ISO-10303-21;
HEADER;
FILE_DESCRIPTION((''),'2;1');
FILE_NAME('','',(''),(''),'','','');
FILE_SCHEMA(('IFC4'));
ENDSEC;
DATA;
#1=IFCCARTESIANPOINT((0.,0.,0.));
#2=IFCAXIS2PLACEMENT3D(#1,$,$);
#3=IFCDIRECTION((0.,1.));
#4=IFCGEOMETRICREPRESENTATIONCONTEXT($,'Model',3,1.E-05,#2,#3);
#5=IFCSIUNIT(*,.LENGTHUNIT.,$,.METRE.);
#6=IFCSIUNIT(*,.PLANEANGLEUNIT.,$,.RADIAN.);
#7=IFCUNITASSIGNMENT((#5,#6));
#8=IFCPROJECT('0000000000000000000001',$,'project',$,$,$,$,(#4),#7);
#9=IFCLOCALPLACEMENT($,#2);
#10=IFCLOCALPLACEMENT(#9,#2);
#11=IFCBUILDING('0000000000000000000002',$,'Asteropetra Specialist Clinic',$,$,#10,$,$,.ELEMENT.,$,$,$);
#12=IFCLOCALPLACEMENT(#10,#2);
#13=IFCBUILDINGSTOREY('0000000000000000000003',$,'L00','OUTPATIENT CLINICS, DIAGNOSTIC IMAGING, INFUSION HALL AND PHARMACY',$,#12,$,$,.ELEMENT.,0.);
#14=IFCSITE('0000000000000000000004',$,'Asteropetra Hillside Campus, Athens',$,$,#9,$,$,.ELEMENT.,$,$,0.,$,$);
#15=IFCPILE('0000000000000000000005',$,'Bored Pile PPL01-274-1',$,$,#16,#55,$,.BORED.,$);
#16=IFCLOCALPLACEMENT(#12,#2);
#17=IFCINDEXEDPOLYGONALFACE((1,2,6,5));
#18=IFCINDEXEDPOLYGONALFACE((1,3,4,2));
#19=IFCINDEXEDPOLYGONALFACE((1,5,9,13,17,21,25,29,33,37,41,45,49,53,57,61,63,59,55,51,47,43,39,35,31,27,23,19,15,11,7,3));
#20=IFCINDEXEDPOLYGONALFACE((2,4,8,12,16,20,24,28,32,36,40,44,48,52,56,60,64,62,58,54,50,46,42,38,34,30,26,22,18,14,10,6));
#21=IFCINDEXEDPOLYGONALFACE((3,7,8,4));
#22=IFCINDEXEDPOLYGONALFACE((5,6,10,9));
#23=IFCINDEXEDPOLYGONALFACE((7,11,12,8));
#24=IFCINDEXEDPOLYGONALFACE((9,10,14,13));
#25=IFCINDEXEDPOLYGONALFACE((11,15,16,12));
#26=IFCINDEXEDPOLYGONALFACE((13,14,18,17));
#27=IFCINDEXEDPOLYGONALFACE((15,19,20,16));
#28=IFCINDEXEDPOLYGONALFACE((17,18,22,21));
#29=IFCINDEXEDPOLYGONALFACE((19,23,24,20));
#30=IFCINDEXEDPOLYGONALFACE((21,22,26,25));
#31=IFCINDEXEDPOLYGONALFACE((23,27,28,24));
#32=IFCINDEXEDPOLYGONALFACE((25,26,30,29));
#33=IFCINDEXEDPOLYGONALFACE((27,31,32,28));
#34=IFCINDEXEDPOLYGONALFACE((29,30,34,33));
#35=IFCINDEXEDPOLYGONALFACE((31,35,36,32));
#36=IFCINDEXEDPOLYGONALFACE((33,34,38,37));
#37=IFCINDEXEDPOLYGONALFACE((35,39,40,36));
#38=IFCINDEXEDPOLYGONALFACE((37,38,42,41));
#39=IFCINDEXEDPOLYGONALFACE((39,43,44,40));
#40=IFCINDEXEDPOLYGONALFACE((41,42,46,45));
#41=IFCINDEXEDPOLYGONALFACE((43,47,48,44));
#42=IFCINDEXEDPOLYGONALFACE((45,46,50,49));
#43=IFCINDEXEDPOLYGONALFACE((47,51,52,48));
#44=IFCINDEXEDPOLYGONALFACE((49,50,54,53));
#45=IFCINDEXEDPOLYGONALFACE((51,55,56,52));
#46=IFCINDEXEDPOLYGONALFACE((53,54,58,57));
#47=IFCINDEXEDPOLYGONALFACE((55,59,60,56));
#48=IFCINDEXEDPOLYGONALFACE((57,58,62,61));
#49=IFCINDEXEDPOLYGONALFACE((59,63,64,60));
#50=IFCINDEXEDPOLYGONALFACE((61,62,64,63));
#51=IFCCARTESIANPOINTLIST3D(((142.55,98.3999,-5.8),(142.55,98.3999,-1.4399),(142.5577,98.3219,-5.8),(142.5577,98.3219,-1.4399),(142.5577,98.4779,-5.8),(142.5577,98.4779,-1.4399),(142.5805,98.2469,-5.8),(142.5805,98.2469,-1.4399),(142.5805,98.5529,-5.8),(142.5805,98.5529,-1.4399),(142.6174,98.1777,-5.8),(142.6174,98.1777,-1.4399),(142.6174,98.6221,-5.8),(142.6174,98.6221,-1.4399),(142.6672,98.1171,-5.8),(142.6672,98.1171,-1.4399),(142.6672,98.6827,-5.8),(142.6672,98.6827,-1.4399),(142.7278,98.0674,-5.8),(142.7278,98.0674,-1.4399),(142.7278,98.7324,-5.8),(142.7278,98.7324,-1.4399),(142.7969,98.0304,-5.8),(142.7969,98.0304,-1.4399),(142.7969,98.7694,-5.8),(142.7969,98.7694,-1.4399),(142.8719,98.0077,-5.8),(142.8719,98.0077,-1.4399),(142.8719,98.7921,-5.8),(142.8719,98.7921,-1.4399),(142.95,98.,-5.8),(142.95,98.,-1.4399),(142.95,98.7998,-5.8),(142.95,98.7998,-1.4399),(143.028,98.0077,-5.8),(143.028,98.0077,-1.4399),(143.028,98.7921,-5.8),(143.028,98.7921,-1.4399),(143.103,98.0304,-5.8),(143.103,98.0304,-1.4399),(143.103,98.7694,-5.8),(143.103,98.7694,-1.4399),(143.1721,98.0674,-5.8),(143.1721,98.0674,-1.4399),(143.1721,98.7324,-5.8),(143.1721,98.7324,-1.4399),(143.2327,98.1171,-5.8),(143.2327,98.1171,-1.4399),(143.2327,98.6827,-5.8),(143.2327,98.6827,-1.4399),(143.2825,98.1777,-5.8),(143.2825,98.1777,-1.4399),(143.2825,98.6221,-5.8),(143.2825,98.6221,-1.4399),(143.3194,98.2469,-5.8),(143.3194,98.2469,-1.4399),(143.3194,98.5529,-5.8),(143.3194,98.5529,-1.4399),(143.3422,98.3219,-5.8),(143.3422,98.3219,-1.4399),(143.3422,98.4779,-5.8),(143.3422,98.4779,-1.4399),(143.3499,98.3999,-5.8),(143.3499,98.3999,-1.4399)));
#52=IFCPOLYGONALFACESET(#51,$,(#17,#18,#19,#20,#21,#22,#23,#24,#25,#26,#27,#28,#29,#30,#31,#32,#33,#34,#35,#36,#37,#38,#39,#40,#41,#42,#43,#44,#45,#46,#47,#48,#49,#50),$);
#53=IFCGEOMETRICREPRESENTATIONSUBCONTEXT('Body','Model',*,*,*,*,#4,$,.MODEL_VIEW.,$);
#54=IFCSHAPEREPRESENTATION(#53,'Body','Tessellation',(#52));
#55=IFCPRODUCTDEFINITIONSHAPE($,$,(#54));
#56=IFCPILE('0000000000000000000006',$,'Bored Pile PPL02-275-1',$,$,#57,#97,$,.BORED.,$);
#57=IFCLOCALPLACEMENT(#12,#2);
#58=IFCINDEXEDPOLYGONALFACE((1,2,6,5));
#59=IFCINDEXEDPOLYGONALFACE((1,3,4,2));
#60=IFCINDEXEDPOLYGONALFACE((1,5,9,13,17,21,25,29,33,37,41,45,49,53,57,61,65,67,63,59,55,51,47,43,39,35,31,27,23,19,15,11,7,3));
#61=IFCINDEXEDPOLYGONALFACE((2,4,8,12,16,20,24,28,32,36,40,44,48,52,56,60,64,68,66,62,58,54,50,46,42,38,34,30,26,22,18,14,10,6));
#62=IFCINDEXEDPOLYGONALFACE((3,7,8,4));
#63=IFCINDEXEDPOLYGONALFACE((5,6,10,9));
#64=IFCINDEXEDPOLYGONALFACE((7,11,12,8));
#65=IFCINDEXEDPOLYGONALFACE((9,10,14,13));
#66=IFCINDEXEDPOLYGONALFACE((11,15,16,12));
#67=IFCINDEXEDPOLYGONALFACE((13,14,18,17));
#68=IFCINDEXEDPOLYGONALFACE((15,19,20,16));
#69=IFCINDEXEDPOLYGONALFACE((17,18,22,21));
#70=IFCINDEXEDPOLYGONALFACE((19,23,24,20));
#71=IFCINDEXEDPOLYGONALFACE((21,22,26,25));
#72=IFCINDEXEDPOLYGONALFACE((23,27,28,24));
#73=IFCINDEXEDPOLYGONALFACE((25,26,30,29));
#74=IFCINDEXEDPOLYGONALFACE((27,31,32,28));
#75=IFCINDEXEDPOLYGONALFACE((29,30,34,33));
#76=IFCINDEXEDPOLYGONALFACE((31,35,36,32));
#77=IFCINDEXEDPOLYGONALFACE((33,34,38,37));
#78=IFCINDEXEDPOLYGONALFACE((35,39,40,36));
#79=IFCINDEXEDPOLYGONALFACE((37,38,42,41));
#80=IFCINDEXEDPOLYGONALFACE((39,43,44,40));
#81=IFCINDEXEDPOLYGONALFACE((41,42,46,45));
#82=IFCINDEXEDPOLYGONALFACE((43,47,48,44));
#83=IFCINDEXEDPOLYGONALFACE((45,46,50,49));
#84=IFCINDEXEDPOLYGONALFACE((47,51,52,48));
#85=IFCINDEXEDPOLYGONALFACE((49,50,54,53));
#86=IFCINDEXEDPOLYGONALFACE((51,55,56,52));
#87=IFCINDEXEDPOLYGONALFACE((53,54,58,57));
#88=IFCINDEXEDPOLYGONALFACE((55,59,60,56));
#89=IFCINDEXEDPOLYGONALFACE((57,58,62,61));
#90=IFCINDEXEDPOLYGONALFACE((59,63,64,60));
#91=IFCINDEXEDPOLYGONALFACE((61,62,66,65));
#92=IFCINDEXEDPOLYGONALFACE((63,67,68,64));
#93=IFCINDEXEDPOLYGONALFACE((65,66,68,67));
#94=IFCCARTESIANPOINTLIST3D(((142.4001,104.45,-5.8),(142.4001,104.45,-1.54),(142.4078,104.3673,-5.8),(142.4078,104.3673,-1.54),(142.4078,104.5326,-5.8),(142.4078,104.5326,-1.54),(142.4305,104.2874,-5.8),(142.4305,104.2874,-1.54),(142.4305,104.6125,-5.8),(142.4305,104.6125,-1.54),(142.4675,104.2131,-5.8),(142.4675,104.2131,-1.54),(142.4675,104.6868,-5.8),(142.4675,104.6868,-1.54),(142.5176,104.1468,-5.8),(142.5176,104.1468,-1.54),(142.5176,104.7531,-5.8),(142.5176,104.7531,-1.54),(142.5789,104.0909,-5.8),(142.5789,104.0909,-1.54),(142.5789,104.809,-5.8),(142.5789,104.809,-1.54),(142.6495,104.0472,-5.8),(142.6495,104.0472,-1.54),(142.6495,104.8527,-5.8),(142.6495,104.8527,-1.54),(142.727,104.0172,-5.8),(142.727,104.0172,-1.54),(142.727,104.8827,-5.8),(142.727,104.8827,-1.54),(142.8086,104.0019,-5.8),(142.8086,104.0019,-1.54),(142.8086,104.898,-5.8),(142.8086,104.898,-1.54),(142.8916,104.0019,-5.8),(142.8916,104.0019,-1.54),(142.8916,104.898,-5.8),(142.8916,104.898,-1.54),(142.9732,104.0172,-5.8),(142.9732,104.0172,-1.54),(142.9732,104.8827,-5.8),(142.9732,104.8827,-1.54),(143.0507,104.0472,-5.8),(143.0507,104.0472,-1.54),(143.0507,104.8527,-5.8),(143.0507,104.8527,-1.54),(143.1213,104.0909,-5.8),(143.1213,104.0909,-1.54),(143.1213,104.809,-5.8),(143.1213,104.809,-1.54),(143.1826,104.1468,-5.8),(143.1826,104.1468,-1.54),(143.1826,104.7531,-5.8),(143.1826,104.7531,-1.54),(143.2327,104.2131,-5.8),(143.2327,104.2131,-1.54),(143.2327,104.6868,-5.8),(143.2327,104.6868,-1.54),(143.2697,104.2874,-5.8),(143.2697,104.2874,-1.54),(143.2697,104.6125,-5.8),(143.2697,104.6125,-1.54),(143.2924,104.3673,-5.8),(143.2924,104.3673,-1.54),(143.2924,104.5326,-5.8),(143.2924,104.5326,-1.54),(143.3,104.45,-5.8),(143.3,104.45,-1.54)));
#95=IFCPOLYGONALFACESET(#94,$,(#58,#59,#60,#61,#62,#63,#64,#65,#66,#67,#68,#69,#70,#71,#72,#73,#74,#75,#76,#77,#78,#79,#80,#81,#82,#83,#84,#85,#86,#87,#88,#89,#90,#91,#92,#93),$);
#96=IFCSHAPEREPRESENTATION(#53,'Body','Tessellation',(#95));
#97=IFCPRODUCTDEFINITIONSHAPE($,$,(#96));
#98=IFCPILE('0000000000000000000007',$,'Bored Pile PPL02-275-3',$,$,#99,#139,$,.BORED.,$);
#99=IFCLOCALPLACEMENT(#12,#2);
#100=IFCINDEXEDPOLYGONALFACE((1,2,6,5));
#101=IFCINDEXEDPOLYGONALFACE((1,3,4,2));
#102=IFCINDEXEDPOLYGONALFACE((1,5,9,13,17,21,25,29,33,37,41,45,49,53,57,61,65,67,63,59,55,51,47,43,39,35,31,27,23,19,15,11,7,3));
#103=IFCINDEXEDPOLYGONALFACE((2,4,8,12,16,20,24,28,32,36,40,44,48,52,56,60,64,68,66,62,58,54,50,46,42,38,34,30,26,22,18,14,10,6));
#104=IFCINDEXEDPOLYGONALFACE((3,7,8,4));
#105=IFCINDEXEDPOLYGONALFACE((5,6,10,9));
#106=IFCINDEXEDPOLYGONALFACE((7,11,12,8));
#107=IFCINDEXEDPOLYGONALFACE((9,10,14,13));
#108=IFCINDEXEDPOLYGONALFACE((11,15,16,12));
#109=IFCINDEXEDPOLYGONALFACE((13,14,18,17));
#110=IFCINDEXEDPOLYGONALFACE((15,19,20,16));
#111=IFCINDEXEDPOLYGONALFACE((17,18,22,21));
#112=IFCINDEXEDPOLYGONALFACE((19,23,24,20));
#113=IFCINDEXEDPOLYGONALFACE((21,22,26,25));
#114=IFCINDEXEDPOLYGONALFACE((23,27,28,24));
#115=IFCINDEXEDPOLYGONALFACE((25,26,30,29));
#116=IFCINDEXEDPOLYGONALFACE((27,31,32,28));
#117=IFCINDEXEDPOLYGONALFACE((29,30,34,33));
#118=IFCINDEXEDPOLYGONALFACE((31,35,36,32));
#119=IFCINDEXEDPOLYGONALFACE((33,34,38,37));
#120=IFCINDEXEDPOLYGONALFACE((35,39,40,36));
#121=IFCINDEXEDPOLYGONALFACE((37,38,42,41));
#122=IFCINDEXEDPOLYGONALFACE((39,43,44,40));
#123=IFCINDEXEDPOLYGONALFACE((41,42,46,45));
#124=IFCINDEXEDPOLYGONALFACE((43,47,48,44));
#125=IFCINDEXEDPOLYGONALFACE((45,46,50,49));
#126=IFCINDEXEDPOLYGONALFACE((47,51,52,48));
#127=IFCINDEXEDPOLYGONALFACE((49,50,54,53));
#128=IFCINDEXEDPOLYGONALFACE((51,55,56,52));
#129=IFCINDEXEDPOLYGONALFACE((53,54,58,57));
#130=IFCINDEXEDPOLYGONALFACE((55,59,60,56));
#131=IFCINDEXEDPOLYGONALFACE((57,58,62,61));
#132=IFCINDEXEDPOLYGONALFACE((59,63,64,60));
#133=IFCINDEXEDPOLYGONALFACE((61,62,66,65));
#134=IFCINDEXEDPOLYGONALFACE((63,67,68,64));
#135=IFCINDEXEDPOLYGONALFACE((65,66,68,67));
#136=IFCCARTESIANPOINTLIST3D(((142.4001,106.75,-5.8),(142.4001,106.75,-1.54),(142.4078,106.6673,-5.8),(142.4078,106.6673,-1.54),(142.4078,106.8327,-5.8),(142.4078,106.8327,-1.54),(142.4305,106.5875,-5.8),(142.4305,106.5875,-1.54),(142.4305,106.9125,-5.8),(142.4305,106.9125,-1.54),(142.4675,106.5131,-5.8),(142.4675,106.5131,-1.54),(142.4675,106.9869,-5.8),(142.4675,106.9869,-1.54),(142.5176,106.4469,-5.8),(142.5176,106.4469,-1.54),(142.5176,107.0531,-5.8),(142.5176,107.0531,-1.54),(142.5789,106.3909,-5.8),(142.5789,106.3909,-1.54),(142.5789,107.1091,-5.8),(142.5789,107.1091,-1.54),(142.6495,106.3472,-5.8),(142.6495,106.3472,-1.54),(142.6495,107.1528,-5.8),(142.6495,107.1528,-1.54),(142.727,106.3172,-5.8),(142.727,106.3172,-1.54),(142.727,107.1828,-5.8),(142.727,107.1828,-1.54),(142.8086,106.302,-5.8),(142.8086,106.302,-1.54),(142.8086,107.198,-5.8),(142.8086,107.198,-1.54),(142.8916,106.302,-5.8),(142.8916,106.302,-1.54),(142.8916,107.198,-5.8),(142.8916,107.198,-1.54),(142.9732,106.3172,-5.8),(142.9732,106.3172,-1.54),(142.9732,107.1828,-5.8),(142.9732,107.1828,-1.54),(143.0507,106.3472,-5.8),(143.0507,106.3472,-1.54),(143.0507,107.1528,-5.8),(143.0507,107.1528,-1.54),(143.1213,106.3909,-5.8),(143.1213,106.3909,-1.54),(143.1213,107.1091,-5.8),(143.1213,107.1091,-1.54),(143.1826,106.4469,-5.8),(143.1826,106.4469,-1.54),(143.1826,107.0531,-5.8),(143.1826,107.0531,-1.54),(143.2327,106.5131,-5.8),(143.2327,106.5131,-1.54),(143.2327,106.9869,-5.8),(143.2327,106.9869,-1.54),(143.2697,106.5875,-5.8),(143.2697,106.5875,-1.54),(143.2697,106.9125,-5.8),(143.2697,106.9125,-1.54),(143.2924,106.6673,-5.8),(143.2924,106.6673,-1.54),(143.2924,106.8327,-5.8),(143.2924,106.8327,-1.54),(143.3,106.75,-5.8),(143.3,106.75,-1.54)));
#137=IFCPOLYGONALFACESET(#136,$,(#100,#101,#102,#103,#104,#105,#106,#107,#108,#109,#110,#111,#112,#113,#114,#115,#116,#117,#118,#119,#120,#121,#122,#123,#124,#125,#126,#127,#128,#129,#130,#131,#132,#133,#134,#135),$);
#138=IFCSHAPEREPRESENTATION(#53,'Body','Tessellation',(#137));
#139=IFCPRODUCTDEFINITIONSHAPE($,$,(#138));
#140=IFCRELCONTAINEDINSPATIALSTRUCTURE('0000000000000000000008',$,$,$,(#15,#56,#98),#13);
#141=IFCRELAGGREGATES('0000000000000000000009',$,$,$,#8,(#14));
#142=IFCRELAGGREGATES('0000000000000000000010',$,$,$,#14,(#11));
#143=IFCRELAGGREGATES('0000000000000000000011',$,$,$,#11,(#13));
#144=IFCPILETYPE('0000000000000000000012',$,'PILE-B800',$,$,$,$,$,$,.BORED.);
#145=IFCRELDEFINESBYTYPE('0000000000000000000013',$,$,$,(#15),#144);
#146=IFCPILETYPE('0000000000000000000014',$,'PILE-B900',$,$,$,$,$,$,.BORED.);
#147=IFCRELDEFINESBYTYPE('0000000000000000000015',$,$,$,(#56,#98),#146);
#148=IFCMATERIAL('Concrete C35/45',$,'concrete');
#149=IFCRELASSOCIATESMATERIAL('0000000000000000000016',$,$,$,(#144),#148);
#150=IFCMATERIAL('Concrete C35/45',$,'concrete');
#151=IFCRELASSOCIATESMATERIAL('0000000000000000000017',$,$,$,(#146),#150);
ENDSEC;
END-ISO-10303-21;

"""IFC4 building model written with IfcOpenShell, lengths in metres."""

from ifc_helpers import new_model, si_unit, direction, frame, origin, origin_2d, place, context, subcontext, project, spatial, circle, extrude, material, material_profile, profile_set, type_object, element, save


model = new_model("IFC4")

# Units and contexts
model_context = context("Model", 3, precision=1e-05, world=origin(), true_north=direction((0.0, 1.0)))
body_context = subcontext(model_context, "Body", "Model", "MODEL_VIEW")
ifc_project = project(units=[si_unit("LENGTHUNIT", "METRE"), si_unit("PLANEANGLEUNIT", "RADIAN")], contexts=[model_context])

# Site, building, storey
site_placement = place(None, origin())
site = spatial("IfcSite", under=ifc_project, at=site_placement, Name="Asteropetra Hillside Campus, Athens", CompositionType="ELEMENT", RefElevation=0.0)
building_placement = place(site_placement, origin())
building = spatial("IfcBuilding", under=site, at=building_placement, Name="Asteropetra Specialist Clinic", CompositionType="ELEMENT")
storey_placement = place(building_placement, origin())
storey = spatial("IfcBuildingStorey", under=building, at=storey_placement, Name="L00", Description="OUTPATIENT CLINICS, DIAGNOSTIC IMAGING, INFUSION HALL AND PHARMACY", CompositionType="ELEMENT", Elevation=0.0)

# Piles
ifc_material_1 = material(Name="Concrete C35/45", Category="concrete")
ifc_material_profile_1 = material_profile(ifc_material_1, circle(Radius=0.3999, at=origin_2d()), Name="PILE D800")
ifc_profile_set_1 = profile_set([ifc_material_profile_1], Name="Concrete C35/45")
pile_type_1 = type_object("IfcPileType", Name="PILE-B800", PredefinedType="BORED", material=ifc_profile_set_1)
pile_placement = place(storey_placement, frame((142.95, 98.3999, -1.4399), z_axis=(0.0, 0.0, -1.0), x_axis=(1.0, 0.0, 0.0)))
element("IfcPile", 1, at=pile_placement, inside=storey, type_object=pile_type_1, Name="Bored Pile PPL01-274-1", PredefinedType="BORED", context=body_context, shape_type="SweptSolid", body=[
    extrude(circle(Radius=0.3999, at=origin_2d()), origin(), (0.0, 0.0, 1.0), 4.3601),
])
ifc_material_2 = material(Name="Concrete C35/45", Category="concrete")
ifc_material_profile_2 = material_profile(ifc_material_2, circle(Radius=0.45, at=origin_2d()), Name="PILE D900")
ifc_profile_set_2 = profile_set([ifc_material_profile_2], Name="Concrete C35/45")
pile_type_2 = type_object("IfcPileType", Name="PILE-B900", PredefinedType="BORED", material=ifc_profile_set_2)
for number, where, z_axis, x_axis, name in (
    (2, (142.8501, 104.45, -1.54), (0.0, 0.0, -1.0), (1.0, 0.0, 0.0), "Bored Pile PPL02-275-1"),
    (3, (142.8501, 106.75, -1.54), (0.0, 0.0, -1.0), (1.0, 0.0, 0.0), "Bored Pile PPL02-275-3"),
):
    element("IfcPile", number, at=place(storey_placement, frame(where, z_axis=z_axis, x_axis=x_axis)), inside=storey, type_object=pile_type_2, Name=name, PredefinedType="BORED", context=body_context, shape_type="SweptSolid", body=[
        extrude(circle(Radius=0.45, at=origin_2d()), origin(), (0.0, 0.0, 1.0), 4.26),
    ])

save(model, "model.ifc")
